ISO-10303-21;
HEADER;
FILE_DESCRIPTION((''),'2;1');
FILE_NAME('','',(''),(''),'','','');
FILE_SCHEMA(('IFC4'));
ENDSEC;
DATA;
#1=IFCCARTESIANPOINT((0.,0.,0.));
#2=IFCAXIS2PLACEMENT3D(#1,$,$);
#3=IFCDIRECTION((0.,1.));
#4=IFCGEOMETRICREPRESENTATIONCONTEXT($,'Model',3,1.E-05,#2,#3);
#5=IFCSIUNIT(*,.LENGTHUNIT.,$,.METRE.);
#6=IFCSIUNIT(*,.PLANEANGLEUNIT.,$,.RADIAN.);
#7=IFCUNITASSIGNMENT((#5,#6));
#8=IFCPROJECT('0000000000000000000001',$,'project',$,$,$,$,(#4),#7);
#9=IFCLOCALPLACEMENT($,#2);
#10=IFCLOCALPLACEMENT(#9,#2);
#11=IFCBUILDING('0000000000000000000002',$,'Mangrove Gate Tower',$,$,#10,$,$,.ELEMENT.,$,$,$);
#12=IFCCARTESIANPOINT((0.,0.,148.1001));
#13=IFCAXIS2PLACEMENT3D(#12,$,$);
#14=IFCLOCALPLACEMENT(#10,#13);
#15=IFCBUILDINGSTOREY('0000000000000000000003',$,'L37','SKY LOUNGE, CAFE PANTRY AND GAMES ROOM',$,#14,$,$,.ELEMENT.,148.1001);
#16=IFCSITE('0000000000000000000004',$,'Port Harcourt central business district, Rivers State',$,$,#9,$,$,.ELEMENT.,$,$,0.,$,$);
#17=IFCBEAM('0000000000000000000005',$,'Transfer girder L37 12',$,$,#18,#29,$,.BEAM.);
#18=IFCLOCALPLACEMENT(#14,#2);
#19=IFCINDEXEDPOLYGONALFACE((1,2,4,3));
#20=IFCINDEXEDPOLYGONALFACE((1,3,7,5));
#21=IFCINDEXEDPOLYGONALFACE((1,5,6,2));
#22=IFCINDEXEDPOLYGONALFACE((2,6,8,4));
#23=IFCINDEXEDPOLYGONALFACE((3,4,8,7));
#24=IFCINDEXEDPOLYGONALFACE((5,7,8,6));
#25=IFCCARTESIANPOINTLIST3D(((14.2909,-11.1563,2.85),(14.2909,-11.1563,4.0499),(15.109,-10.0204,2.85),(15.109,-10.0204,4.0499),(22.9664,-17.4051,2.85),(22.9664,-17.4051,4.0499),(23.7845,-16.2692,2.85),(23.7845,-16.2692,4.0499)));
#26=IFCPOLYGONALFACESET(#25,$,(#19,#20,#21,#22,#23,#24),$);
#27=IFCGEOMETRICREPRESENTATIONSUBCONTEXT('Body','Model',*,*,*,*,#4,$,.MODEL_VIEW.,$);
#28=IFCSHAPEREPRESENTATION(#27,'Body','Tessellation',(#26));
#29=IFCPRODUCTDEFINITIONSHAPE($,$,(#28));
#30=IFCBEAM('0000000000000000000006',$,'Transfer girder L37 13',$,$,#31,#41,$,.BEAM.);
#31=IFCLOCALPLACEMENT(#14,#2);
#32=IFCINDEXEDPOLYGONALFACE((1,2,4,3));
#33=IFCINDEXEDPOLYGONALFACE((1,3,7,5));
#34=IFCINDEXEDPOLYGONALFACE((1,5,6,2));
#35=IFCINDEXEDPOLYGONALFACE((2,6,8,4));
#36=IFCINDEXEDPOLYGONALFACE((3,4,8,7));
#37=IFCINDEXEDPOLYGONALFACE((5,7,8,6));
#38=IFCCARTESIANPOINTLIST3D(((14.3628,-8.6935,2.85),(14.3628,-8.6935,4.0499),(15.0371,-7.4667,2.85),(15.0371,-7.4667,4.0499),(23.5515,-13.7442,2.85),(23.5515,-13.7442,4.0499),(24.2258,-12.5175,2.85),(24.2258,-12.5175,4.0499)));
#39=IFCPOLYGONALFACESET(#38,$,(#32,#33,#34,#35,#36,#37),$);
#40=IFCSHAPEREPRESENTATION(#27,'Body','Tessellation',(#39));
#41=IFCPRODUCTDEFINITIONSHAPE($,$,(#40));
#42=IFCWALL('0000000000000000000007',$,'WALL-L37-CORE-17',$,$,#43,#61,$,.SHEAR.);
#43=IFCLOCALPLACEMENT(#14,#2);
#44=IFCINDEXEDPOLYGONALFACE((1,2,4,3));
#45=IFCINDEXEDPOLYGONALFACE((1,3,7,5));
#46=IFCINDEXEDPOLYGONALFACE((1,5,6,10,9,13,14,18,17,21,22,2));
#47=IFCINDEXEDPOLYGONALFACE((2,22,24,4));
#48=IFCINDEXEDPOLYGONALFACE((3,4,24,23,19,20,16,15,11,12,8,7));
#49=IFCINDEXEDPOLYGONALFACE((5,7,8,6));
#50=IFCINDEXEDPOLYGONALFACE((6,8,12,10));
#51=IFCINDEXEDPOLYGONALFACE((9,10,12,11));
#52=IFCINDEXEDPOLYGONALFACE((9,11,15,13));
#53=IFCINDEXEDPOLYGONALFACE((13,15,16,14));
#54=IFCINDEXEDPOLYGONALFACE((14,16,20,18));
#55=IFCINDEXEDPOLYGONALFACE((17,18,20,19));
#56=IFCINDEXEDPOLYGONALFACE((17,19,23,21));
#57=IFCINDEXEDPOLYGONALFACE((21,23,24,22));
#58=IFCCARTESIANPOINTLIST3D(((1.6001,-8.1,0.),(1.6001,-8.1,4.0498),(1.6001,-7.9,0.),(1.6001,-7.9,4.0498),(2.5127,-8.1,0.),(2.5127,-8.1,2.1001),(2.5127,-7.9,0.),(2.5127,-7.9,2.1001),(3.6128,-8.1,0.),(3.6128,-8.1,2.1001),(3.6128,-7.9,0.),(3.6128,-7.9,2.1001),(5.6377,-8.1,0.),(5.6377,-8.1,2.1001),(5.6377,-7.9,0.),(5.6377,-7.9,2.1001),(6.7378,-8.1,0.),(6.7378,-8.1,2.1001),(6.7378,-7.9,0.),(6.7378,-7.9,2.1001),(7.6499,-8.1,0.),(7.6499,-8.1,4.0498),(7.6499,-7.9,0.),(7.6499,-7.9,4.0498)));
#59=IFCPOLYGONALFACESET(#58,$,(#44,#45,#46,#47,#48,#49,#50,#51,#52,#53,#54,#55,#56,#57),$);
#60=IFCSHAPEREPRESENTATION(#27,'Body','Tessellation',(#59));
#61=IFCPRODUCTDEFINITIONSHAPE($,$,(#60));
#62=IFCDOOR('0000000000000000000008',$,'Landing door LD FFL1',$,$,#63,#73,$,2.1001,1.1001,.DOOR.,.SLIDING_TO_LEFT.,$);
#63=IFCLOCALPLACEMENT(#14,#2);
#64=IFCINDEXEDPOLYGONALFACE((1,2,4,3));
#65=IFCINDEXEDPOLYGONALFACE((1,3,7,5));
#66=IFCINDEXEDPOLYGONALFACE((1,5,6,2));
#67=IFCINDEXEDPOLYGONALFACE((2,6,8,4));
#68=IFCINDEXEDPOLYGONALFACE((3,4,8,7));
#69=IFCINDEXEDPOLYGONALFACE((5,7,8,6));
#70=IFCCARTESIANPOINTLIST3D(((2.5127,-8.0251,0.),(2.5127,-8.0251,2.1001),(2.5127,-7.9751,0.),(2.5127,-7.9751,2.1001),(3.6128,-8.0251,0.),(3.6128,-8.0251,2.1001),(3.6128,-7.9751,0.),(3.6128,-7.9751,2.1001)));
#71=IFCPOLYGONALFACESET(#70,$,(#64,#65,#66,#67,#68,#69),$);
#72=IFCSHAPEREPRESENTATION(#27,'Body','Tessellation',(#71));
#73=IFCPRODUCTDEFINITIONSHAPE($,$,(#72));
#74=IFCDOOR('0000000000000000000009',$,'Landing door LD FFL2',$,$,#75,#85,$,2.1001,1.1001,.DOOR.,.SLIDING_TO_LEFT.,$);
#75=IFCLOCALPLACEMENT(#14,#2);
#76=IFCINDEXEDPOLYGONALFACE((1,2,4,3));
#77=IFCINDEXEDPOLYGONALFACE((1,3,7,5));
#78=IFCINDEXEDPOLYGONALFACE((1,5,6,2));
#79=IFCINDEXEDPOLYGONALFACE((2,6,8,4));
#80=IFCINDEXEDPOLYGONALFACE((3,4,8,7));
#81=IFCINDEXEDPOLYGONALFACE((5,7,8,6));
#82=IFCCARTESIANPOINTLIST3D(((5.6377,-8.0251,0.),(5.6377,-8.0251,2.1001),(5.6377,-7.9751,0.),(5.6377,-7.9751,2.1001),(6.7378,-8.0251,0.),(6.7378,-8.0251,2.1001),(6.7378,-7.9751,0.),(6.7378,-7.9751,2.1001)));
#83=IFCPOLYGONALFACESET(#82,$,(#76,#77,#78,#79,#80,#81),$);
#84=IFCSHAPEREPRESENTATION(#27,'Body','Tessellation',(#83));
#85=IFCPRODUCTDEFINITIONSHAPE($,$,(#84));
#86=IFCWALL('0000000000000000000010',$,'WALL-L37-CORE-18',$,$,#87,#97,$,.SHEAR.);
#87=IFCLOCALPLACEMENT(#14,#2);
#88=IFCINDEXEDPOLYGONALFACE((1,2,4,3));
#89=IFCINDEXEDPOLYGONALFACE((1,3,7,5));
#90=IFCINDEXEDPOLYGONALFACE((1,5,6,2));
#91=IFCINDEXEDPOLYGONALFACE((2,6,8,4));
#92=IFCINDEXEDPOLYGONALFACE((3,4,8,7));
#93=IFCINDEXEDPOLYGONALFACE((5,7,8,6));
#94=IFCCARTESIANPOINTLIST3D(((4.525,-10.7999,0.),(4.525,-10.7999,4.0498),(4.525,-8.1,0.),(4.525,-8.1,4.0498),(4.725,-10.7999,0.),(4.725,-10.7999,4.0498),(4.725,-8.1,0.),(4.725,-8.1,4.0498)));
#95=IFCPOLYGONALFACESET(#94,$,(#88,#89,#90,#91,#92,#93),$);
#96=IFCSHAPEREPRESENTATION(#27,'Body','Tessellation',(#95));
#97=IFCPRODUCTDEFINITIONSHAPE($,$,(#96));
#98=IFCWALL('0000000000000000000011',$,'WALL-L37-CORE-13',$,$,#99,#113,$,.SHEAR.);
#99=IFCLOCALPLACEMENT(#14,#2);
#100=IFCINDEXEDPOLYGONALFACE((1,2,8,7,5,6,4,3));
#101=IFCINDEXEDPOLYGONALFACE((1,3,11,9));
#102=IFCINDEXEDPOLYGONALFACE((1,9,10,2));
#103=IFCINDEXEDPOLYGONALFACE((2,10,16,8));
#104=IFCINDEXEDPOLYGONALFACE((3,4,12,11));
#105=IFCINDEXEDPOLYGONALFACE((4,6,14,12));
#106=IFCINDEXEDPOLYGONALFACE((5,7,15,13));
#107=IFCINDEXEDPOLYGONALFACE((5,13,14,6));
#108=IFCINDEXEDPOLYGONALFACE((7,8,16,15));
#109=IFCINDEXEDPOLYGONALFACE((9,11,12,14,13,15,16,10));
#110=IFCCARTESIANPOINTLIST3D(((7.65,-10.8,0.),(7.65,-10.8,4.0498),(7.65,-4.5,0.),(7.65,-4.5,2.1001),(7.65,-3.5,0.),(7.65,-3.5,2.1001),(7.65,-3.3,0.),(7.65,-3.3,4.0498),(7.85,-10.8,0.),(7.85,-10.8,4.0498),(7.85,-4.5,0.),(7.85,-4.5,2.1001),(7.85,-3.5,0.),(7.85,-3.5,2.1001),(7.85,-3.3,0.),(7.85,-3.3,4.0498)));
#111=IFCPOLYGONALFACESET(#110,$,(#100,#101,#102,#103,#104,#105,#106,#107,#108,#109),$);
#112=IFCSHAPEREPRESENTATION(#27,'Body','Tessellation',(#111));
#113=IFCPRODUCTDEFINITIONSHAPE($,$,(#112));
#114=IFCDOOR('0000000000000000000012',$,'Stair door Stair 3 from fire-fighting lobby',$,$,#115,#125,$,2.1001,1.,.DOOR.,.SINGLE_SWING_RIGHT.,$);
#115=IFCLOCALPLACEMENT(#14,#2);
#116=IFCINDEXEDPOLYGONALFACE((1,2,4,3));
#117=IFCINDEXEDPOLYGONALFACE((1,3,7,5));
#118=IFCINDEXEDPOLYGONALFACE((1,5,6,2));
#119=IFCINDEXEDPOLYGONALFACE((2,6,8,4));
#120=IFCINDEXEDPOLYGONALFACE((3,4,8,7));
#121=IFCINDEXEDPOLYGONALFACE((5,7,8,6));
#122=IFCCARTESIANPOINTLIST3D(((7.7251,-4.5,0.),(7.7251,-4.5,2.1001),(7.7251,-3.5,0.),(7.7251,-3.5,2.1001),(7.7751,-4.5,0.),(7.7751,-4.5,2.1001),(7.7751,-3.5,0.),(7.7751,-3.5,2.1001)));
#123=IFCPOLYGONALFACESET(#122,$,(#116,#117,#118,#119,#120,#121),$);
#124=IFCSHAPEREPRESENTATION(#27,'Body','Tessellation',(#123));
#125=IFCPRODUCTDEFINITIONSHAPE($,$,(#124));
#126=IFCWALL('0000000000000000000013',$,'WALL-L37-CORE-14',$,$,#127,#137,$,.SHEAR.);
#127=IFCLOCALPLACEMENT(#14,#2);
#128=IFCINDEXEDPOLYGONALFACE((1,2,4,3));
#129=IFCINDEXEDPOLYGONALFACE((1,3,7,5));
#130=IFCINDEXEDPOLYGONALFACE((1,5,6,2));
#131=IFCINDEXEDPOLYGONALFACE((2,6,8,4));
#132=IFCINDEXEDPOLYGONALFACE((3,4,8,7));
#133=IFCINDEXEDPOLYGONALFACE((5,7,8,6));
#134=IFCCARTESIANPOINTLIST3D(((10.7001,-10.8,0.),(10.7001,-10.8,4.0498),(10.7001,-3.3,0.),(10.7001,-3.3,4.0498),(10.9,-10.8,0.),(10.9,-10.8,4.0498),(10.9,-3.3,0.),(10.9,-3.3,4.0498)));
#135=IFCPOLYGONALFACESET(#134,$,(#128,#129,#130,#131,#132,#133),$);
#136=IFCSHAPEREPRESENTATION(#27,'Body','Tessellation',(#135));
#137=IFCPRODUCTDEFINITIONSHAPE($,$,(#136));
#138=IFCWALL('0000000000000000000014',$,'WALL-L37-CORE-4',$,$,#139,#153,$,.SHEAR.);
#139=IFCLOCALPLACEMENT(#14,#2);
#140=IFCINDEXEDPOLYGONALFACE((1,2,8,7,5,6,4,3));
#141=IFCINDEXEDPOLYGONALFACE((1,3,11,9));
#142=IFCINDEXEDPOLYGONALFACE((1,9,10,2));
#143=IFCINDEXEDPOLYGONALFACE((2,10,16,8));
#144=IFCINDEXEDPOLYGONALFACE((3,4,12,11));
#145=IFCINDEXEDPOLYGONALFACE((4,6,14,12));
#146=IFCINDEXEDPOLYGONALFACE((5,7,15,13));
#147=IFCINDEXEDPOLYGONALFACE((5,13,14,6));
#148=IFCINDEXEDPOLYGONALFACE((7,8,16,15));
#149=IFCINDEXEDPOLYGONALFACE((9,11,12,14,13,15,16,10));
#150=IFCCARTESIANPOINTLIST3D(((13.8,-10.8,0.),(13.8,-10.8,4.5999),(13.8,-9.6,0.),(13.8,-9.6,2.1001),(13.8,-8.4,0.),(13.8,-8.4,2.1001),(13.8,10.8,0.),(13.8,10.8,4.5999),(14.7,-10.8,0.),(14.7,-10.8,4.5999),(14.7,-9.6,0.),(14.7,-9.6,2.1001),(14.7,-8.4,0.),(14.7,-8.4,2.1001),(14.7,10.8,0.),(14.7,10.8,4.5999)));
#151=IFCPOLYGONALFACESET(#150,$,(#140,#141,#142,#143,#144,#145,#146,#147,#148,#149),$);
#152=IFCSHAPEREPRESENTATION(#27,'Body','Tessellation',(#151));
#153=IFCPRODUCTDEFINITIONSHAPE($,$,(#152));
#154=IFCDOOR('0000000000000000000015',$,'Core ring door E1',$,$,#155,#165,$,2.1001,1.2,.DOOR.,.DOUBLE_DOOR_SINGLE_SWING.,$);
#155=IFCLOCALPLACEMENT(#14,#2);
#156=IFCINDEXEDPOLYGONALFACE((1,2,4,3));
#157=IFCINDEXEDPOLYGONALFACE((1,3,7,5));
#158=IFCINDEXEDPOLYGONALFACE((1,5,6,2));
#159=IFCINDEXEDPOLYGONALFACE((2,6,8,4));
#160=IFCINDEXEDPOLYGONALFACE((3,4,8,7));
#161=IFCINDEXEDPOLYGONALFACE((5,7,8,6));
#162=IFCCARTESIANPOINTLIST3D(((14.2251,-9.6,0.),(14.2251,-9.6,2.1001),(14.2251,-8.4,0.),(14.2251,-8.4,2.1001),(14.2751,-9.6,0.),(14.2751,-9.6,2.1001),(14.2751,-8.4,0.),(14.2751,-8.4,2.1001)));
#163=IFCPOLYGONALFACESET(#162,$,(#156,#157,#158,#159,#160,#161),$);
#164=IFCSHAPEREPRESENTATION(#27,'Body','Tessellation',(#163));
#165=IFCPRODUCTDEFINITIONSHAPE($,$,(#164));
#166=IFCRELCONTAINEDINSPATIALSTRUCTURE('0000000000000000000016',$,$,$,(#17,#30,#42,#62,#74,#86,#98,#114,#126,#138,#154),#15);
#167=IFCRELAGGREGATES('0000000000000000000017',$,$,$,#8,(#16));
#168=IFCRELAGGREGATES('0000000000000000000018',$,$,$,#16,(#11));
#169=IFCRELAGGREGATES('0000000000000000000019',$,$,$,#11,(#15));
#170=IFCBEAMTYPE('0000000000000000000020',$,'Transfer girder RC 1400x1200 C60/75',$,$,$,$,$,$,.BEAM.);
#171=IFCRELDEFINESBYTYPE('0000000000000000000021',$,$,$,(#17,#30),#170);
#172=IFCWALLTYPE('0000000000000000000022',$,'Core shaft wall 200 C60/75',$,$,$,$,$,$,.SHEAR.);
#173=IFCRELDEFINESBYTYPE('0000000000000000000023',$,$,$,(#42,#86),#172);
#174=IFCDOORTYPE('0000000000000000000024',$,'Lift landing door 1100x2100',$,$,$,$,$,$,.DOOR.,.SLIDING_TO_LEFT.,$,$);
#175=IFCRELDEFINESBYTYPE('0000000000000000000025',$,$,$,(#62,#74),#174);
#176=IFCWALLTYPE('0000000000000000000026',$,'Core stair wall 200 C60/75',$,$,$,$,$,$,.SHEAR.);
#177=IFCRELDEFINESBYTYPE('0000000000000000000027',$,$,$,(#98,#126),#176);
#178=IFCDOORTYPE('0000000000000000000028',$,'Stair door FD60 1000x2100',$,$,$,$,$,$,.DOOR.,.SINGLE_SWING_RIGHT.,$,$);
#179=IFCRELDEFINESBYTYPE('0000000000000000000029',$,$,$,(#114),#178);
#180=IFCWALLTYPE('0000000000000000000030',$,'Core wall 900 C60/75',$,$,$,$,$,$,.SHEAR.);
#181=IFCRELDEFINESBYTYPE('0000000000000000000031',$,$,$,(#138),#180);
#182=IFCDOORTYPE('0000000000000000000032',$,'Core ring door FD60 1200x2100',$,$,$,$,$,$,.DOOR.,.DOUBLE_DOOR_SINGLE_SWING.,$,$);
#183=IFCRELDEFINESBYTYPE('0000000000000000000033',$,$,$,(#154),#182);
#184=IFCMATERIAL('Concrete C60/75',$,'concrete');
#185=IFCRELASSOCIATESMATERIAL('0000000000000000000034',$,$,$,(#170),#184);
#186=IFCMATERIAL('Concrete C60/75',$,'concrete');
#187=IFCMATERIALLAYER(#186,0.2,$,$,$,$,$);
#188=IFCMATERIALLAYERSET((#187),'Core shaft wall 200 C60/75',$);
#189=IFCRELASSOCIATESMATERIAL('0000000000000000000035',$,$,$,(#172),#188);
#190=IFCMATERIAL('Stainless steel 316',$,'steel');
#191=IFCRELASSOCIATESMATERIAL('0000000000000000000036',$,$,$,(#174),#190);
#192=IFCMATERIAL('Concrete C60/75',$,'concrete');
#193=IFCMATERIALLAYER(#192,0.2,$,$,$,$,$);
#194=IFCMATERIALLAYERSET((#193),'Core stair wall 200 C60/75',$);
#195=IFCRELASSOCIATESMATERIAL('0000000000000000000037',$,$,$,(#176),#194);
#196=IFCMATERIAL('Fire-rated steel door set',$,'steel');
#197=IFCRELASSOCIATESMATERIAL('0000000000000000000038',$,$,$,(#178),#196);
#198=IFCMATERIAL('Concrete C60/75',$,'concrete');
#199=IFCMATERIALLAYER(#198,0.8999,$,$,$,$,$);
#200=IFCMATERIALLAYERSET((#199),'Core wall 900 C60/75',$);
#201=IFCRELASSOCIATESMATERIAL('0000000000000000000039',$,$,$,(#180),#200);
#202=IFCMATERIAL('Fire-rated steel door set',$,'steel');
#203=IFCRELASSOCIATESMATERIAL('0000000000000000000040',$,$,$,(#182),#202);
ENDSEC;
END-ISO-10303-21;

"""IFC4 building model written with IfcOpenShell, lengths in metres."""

from ifc_helpers import new_model, si_unit, direction, frame, frame_2d, origin, origin_2d, place, context, subcontext, project, spatial, rectangle, extrude, material, layer, layer_set, material_profile, profile_set, type_object, element, fill, save


model = new_model("IFC4")

# Units and contexts
model_context = context("Model", 3, precision=1e-05, world=origin(), true_north=direction((0.0, 1.0)))
body_context = subcontext(model_context, "Body", "Model", "MODEL_VIEW")
ifc_project = project(units=[si_unit("LENGTHUNIT", "METRE"), si_unit("PLANEANGLEUNIT", "RADIAN")], contexts=[model_context])

# Site, building, storey
site_placement = place(None, origin())
site = spatial("IfcSite", under=ifc_project, at=site_placement, Name="Port Harcourt central business district, Rivers State", CompositionType="ELEMENT", RefElevation=0.0)
building_placement = place(site_placement, origin())
building = spatial("IfcBuilding", under=site, at=building_placement, Name="Mangrove Gate Tower", CompositionType="ELEMENT")
storey_placement = place(building_placement, frame((0.0, 0.0, 148.1001)))
storey = spatial("IfcBuildingStorey", under=building, at=storey_placement, Name="L37", Description="SKY LOUNGE, CAFE PANTRY AND GAMES ROOM", CompositionType="ELEMENT", Elevation=148.1001)

# Beams
ifc_material_1 = material(Name="Concrete C60/75", Category="concrete")
ifc_material_profile = material_profile(ifc_material_1, rectangle(XDim=1.3999, YDim=1.2, at=origin_2d()))
ifc_profile_set = profile_set([ifc_material_profile], Name="Concrete C60/75")
beam_type = type_object("IfcBeamType", Name="Transfer girder RC 1400x1200 C60/75", PredefinedType="BEAM", material=ifc_profile_set)
beam_1_placement = place(storey_placement, frame((14.7, -10.5884, 3.45), z_axis=(0.811428, -0.584452, 0.0), x_axis=(0.584452, 0.811428, 0.0)))
element("IfcBeam", 1, at=beam_1_placement, inside=storey, type_object=beam_type, Name="Transfer girder L37 12", PredefinedType="BEAM", context=body_context, shape_type="SweptSolid", body=[
    extrude(rectangle(XDim=1.3999, YDim=1.2, at=origin_2d()), origin(), (0.0, 0.0, 1.0), 10.6917),
])
beam_2_placement = place(storey_placement, frame((14.7, -8.0801, 3.45), z_axis=(0.876337, -0.481698, 0.0), x_axis=(0.481698, 0.876337, 0.0)))
element("IfcBeam", 2, at=beam_2_placement, inside=storey, type_object=beam_type, Name="Transfer girder L37 13", PredefinedType="BEAM", context=body_context, shape_type="SweptSolid", body=[
    extrude(rectangle(XDim=1.3999, YDim=1.2, at=origin_2d()), origin(), (0.0, 0.0, 1.0), 10.4854),
])

# Wall, openings, doors
ifc_material_2 = material(Name="Concrete C60/75", Category="concrete")
ifc_layer_1 = layer(ifc_material_2, 0.2)
ifc_layer_set_1 = layer_set([ifc_layer_1], Name="Core shaft wall 200 C60/75")
wall_type_1 = type_object("IfcWallType", Name="Core shaft wall 200 C60/75", PredefinedType="SHEAR", material=ifc_layer_set_1)
wall_1_placement = place(storey_placement, frame((1.6001, -8.0, 0.0), z_axis=(0.0, 0.0, 1.0), x_axis=(1.0, 0.0, 0.0)))
wall_1 = element("IfcWall", 3, at=wall_1_placement, inside=storey, type_object=wall_type_1, Name="WALL-L37-CORE-17", PredefinedType="SHEAR", context=body_context, shape_type="SweptSolid", body=[
    extrude(rectangle(XDim=6.0498, YDim=0.2, at=frame_2d((3.0249, 0.0))), origin(), (0.0, 0.0, 1.0), 4.0498),
])
opening_1_placement = place(wall_1_placement, frame((0.9126, 0.0, 0.0)))
opening_1 = element("IfcOpeningElement", 4, at=opening_1_placement, cuts=wall_1, PredefinedType="OPENING", context=body_context, shape_type="SweptSolid", body=[
    extrude(rectangle(XDim=1.1001, YDim=2.1001, at=frame_2d((0.55, 1.05))), frame((0.0, 0.1099, 0.0), z_axis=(0.0, -1.0, 0.0), x_axis=(1.0, 0.0, 0.0)), (0.0, 0.0, 1.0), 0.22),
])
opening_2_placement = place(wall_1_placement, frame((4.0376, 0.0, 0.0)))
opening_2 = element("IfcOpeningElement", 5, at=opening_2_placement, cuts=wall_1, PredefinedType="OPENING", context=body_context, shape_type="SweptSolid", body=[
    extrude(rectangle(XDim=1.1001, YDim=2.1001, at=frame_2d((0.55, 1.05))), frame((0.0, 0.1099, 0.0), z_axis=(0.0, -1.0, 0.0), x_axis=(1.0, 0.0, 0.0)), (0.0, 0.0, 1.0), 0.22),
])
ifc_material_3 = material(Name="Stainless steel 316", Category="steel")
door_type_1 = type_object("IfcDoorType", Name="Lift landing door 1100x2100", OperationType="SLIDING_TO_LEFT", PredefinedType="DOOR", material=ifc_material_3)
door_1_placement = place(opening_1_placement, origin())
door_1 = element("IfcDoor", 6, at=door_1_placement, inside=storey, type_object=door_type_1, Name="Landing door LD FFL1", OperationType="SLIDING_TO_LEFT", OverallHeight=2.1001, OverallWidth=1.1001, PredefinedType="DOOR", context=body_context, shape_type="SweptSolid", body=[
    extrude(rectangle(XDim=1.1001, YDim=2.1001, at=frame_2d((0.55, 1.05))), frame((0.0, 0.0249, 0.0), z_axis=(0.0, -1.0, 0.0), x_axis=(1.0, 0.0, 0.0)), (0.0, 0.0, 1.0), 0.05),
])
fill(opening_1, door_1)
door_2_placement = place(opening_2_placement, origin())
door_2 = element("IfcDoor", 7, at=door_2_placement, inside=storey, type_object=door_type_1, Name="Landing door LD FFL2", OperationType="SLIDING_TO_LEFT", OverallHeight=2.1001, OverallWidth=1.1001, PredefinedType="DOOR", context=body_context, shape_type="SweptSolid", body=[
    extrude(rectangle(XDim=1.1001, YDim=2.1001, at=frame_2d((0.55, 1.05))), frame((0.0, 0.0249, 0.0), z_axis=(0.0, -1.0, 0.0), x_axis=(1.0, 0.0, 0.0)), (0.0, 0.0, 1.0), 0.05),
])
fill(opening_2, door_2)

# Wall
wall_2_placement = place(storey_placement, frame((4.625, -10.8, 0.0), z_axis=(0.0, 0.0, 1.0), x_axis=(0.0, 1.0, 0.0)))
element("IfcWall", 8, at=wall_2_placement, inside=storey, type_object=wall_type_1, Name="WALL-L37-CORE-18", PredefinedType="SHEAR", context=body_context, shape_type="SweptSolid", body=[
    extrude(rectangle(XDim=2.7, YDim=0.2, at=frame_2d((1.3501, 0.0))), origin(), (0.0, 0.0, 1.0), 4.0498),
])

# Wall, opening, door
ifc_material_4 = material(Name="Concrete C60/75", Category="concrete")
ifc_layer_2 = layer(ifc_material_4, 0.2)
ifc_layer_set_2 = layer_set([ifc_layer_2], Name="Core stair wall 200 C60/75")
wall_type_2 = type_object("IfcWallType", Name="Core stair wall 200 C60/75", PredefinedType="SHEAR", material=ifc_layer_set_2)
wall_3_placement = place(storey_placement, frame((7.75, -10.8, 0.0), z_axis=(0.0, 0.0, 1.0), x_axis=(0.0, 1.0, 0.0)))
wall_3 = element("IfcWall", 9, at=wall_3_placement, inside=storey, type_object=wall_type_2, Name="WALL-L37-CORE-13", PredefinedType="SHEAR", context=body_context, shape_type="SweptSolid", body=[
    extrude(rectangle(XDim=7.5, YDim=0.2, at=frame_2d((3.75, 0.0))), origin(), (0.0, 0.0, 1.0), 4.0498),
])
opening_3_placement = place(wall_3_placement, frame((6.3, 0.0, 0.0)))
opening_3 = element("IfcOpeningElement", 10, at=opening_3_placement, cuts=wall_3, PredefinedType="OPENING", context=body_context, shape_type="SweptSolid", body=[
    extrude(rectangle(XDim=1.0, YDim=2.1001, at=frame_2d((0.5, 1.05))), frame((0.0, 0.1099, 0.0), z_axis=(0.0, -1.0, 0.0), x_axis=(1.0, 0.0, 0.0)), (0.0, 0.0, 1.0), 0.22),
])
ifc_material_5 = material(Name="Fire-rated steel door set", Category="steel")
door_type_2 = type_object("IfcDoorType", Name="Stair door FD60 1000x2100", OperationType="SINGLE_SWING_RIGHT", PredefinedType="DOOR", material=ifc_material_5)
door_3_placement = place(opening_3_placement, origin())
door_3 = element("IfcDoor", 11, at=door_3_placement, inside=storey, type_object=door_type_2, Name="Stair door Stair 3 from fire-fighting lobby", OperationType="SINGLE_SWING_RIGHT", OverallHeight=2.1001, OverallWidth=1.0, PredefinedType="DOOR", context=body_context, shape_type="SweptSolid", body=[
    extrude(rectangle(XDim=1.0, YDim=2.1001, at=frame_2d((0.5, 1.05))), frame((0.0, 0.0249, 0.0), z_axis=(0.0, -1.0, 0.0), x_axis=(1.0, 0.0, 0.0)), (0.0, 0.0, 1.0), 0.05),
])
fill(opening_3, door_3)

# Wall
wall_4_placement = place(storey_placement, frame((10.8, -10.8, 0.0), z_axis=(0.0, 0.0, 1.0), x_axis=(0.0, 1.0, 0.0)))
element("IfcWall", 12, at=wall_4_placement, inside=storey, type_object=wall_type_2, Name="WALL-L37-CORE-14", PredefinedType="SHEAR", context=body_context, shape_type="SweptSolid", body=[
    extrude(rectangle(XDim=7.5, YDim=0.2, at=frame_2d((3.75, 0.0))), origin(), (0.0, 0.0, 1.0), 4.0498),
])

# Wall, opening, door
ifc_material_6 = material(Name="Concrete C60/75", Category="concrete")
ifc_layer_3 = layer(ifc_material_6, 0.8999)
ifc_layer_set_3 = layer_set([ifc_layer_3], Name="Core wall 900 C60/75")
wall_type_3 = type_object("IfcWallType", Name="Core wall 900 C60/75", PredefinedType="SHEAR", material=ifc_layer_set_3)
wall_5_placement = place(storey_placement, frame((14.25, -10.8, 0.0), z_axis=(0.0, 0.0, 1.0), x_axis=(0.0, 1.0, 0.0)))
wall_5 = element("IfcWall", 13, at=wall_5_placement, inside=storey, type_object=wall_type_3, Name="WALL-L37-CORE-4", PredefinedType="SHEAR", context=body_context, shape_type="SweptSolid", body=[
    extrude(rectangle(XDim=21.6001, YDim=0.8999, at=frame_2d((10.8, 0.0))), origin(), (0.0, 0.0, 1.0), 4.5999),
])
opening_4_placement = place(wall_5_placement, frame((1.2, 0.0, 0.0)))
opening_4 = element("IfcOpeningElement", 14, at=opening_4_placement, cuts=wall_5, PredefinedType="OPENING", context=body_context, shape_type="SweptSolid", body=[
    extrude(rectangle(XDim=1.2, YDim=2.1001, at=frame_2d((0.6001, 1.05))), frame((0.0, 0.46, 0.0), z_axis=(0.0, -1.0, 0.0), x_axis=(1.0, 0.0, 0.0)), (0.0, 0.0, 1.0), 0.9199),
])
ifc_material_7 = material(Name="Fire-rated steel door set", Category="steel")
door_type_3 = type_object("IfcDoorType", Name="Core ring door FD60 1200x2100", OperationType="DOUBLE_DOOR_SINGLE_SWING", PredefinedType="DOOR", material=ifc_material_7)
door_4_placement = place(opening_4_placement, origin())
door_4 = element("IfcDoor", 15, at=door_4_placement, inside=storey, type_object=door_type_3, Name="Core ring door E1", OperationType="DOUBLE_DOOR_SINGLE_SWING", OverallHeight=2.1001, OverallWidth=1.2, PredefinedType="DOOR", context=body_context, shape_type="SweptSolid", body=[
    extrude(rectangle(XDim=1.2, YDim=2.1001, at=frame_2d((0.6001, 1.05))), frame((0.0, 0.0249, 0.0), z_axis=(0.0, -1.0, 0.0), x_axis=(1.0, 0.0, 0.0)), (0.0, 0.0, 1.0), 0.05),
])
fill(opening_4, door_4)

save(model, "model.ifc")
